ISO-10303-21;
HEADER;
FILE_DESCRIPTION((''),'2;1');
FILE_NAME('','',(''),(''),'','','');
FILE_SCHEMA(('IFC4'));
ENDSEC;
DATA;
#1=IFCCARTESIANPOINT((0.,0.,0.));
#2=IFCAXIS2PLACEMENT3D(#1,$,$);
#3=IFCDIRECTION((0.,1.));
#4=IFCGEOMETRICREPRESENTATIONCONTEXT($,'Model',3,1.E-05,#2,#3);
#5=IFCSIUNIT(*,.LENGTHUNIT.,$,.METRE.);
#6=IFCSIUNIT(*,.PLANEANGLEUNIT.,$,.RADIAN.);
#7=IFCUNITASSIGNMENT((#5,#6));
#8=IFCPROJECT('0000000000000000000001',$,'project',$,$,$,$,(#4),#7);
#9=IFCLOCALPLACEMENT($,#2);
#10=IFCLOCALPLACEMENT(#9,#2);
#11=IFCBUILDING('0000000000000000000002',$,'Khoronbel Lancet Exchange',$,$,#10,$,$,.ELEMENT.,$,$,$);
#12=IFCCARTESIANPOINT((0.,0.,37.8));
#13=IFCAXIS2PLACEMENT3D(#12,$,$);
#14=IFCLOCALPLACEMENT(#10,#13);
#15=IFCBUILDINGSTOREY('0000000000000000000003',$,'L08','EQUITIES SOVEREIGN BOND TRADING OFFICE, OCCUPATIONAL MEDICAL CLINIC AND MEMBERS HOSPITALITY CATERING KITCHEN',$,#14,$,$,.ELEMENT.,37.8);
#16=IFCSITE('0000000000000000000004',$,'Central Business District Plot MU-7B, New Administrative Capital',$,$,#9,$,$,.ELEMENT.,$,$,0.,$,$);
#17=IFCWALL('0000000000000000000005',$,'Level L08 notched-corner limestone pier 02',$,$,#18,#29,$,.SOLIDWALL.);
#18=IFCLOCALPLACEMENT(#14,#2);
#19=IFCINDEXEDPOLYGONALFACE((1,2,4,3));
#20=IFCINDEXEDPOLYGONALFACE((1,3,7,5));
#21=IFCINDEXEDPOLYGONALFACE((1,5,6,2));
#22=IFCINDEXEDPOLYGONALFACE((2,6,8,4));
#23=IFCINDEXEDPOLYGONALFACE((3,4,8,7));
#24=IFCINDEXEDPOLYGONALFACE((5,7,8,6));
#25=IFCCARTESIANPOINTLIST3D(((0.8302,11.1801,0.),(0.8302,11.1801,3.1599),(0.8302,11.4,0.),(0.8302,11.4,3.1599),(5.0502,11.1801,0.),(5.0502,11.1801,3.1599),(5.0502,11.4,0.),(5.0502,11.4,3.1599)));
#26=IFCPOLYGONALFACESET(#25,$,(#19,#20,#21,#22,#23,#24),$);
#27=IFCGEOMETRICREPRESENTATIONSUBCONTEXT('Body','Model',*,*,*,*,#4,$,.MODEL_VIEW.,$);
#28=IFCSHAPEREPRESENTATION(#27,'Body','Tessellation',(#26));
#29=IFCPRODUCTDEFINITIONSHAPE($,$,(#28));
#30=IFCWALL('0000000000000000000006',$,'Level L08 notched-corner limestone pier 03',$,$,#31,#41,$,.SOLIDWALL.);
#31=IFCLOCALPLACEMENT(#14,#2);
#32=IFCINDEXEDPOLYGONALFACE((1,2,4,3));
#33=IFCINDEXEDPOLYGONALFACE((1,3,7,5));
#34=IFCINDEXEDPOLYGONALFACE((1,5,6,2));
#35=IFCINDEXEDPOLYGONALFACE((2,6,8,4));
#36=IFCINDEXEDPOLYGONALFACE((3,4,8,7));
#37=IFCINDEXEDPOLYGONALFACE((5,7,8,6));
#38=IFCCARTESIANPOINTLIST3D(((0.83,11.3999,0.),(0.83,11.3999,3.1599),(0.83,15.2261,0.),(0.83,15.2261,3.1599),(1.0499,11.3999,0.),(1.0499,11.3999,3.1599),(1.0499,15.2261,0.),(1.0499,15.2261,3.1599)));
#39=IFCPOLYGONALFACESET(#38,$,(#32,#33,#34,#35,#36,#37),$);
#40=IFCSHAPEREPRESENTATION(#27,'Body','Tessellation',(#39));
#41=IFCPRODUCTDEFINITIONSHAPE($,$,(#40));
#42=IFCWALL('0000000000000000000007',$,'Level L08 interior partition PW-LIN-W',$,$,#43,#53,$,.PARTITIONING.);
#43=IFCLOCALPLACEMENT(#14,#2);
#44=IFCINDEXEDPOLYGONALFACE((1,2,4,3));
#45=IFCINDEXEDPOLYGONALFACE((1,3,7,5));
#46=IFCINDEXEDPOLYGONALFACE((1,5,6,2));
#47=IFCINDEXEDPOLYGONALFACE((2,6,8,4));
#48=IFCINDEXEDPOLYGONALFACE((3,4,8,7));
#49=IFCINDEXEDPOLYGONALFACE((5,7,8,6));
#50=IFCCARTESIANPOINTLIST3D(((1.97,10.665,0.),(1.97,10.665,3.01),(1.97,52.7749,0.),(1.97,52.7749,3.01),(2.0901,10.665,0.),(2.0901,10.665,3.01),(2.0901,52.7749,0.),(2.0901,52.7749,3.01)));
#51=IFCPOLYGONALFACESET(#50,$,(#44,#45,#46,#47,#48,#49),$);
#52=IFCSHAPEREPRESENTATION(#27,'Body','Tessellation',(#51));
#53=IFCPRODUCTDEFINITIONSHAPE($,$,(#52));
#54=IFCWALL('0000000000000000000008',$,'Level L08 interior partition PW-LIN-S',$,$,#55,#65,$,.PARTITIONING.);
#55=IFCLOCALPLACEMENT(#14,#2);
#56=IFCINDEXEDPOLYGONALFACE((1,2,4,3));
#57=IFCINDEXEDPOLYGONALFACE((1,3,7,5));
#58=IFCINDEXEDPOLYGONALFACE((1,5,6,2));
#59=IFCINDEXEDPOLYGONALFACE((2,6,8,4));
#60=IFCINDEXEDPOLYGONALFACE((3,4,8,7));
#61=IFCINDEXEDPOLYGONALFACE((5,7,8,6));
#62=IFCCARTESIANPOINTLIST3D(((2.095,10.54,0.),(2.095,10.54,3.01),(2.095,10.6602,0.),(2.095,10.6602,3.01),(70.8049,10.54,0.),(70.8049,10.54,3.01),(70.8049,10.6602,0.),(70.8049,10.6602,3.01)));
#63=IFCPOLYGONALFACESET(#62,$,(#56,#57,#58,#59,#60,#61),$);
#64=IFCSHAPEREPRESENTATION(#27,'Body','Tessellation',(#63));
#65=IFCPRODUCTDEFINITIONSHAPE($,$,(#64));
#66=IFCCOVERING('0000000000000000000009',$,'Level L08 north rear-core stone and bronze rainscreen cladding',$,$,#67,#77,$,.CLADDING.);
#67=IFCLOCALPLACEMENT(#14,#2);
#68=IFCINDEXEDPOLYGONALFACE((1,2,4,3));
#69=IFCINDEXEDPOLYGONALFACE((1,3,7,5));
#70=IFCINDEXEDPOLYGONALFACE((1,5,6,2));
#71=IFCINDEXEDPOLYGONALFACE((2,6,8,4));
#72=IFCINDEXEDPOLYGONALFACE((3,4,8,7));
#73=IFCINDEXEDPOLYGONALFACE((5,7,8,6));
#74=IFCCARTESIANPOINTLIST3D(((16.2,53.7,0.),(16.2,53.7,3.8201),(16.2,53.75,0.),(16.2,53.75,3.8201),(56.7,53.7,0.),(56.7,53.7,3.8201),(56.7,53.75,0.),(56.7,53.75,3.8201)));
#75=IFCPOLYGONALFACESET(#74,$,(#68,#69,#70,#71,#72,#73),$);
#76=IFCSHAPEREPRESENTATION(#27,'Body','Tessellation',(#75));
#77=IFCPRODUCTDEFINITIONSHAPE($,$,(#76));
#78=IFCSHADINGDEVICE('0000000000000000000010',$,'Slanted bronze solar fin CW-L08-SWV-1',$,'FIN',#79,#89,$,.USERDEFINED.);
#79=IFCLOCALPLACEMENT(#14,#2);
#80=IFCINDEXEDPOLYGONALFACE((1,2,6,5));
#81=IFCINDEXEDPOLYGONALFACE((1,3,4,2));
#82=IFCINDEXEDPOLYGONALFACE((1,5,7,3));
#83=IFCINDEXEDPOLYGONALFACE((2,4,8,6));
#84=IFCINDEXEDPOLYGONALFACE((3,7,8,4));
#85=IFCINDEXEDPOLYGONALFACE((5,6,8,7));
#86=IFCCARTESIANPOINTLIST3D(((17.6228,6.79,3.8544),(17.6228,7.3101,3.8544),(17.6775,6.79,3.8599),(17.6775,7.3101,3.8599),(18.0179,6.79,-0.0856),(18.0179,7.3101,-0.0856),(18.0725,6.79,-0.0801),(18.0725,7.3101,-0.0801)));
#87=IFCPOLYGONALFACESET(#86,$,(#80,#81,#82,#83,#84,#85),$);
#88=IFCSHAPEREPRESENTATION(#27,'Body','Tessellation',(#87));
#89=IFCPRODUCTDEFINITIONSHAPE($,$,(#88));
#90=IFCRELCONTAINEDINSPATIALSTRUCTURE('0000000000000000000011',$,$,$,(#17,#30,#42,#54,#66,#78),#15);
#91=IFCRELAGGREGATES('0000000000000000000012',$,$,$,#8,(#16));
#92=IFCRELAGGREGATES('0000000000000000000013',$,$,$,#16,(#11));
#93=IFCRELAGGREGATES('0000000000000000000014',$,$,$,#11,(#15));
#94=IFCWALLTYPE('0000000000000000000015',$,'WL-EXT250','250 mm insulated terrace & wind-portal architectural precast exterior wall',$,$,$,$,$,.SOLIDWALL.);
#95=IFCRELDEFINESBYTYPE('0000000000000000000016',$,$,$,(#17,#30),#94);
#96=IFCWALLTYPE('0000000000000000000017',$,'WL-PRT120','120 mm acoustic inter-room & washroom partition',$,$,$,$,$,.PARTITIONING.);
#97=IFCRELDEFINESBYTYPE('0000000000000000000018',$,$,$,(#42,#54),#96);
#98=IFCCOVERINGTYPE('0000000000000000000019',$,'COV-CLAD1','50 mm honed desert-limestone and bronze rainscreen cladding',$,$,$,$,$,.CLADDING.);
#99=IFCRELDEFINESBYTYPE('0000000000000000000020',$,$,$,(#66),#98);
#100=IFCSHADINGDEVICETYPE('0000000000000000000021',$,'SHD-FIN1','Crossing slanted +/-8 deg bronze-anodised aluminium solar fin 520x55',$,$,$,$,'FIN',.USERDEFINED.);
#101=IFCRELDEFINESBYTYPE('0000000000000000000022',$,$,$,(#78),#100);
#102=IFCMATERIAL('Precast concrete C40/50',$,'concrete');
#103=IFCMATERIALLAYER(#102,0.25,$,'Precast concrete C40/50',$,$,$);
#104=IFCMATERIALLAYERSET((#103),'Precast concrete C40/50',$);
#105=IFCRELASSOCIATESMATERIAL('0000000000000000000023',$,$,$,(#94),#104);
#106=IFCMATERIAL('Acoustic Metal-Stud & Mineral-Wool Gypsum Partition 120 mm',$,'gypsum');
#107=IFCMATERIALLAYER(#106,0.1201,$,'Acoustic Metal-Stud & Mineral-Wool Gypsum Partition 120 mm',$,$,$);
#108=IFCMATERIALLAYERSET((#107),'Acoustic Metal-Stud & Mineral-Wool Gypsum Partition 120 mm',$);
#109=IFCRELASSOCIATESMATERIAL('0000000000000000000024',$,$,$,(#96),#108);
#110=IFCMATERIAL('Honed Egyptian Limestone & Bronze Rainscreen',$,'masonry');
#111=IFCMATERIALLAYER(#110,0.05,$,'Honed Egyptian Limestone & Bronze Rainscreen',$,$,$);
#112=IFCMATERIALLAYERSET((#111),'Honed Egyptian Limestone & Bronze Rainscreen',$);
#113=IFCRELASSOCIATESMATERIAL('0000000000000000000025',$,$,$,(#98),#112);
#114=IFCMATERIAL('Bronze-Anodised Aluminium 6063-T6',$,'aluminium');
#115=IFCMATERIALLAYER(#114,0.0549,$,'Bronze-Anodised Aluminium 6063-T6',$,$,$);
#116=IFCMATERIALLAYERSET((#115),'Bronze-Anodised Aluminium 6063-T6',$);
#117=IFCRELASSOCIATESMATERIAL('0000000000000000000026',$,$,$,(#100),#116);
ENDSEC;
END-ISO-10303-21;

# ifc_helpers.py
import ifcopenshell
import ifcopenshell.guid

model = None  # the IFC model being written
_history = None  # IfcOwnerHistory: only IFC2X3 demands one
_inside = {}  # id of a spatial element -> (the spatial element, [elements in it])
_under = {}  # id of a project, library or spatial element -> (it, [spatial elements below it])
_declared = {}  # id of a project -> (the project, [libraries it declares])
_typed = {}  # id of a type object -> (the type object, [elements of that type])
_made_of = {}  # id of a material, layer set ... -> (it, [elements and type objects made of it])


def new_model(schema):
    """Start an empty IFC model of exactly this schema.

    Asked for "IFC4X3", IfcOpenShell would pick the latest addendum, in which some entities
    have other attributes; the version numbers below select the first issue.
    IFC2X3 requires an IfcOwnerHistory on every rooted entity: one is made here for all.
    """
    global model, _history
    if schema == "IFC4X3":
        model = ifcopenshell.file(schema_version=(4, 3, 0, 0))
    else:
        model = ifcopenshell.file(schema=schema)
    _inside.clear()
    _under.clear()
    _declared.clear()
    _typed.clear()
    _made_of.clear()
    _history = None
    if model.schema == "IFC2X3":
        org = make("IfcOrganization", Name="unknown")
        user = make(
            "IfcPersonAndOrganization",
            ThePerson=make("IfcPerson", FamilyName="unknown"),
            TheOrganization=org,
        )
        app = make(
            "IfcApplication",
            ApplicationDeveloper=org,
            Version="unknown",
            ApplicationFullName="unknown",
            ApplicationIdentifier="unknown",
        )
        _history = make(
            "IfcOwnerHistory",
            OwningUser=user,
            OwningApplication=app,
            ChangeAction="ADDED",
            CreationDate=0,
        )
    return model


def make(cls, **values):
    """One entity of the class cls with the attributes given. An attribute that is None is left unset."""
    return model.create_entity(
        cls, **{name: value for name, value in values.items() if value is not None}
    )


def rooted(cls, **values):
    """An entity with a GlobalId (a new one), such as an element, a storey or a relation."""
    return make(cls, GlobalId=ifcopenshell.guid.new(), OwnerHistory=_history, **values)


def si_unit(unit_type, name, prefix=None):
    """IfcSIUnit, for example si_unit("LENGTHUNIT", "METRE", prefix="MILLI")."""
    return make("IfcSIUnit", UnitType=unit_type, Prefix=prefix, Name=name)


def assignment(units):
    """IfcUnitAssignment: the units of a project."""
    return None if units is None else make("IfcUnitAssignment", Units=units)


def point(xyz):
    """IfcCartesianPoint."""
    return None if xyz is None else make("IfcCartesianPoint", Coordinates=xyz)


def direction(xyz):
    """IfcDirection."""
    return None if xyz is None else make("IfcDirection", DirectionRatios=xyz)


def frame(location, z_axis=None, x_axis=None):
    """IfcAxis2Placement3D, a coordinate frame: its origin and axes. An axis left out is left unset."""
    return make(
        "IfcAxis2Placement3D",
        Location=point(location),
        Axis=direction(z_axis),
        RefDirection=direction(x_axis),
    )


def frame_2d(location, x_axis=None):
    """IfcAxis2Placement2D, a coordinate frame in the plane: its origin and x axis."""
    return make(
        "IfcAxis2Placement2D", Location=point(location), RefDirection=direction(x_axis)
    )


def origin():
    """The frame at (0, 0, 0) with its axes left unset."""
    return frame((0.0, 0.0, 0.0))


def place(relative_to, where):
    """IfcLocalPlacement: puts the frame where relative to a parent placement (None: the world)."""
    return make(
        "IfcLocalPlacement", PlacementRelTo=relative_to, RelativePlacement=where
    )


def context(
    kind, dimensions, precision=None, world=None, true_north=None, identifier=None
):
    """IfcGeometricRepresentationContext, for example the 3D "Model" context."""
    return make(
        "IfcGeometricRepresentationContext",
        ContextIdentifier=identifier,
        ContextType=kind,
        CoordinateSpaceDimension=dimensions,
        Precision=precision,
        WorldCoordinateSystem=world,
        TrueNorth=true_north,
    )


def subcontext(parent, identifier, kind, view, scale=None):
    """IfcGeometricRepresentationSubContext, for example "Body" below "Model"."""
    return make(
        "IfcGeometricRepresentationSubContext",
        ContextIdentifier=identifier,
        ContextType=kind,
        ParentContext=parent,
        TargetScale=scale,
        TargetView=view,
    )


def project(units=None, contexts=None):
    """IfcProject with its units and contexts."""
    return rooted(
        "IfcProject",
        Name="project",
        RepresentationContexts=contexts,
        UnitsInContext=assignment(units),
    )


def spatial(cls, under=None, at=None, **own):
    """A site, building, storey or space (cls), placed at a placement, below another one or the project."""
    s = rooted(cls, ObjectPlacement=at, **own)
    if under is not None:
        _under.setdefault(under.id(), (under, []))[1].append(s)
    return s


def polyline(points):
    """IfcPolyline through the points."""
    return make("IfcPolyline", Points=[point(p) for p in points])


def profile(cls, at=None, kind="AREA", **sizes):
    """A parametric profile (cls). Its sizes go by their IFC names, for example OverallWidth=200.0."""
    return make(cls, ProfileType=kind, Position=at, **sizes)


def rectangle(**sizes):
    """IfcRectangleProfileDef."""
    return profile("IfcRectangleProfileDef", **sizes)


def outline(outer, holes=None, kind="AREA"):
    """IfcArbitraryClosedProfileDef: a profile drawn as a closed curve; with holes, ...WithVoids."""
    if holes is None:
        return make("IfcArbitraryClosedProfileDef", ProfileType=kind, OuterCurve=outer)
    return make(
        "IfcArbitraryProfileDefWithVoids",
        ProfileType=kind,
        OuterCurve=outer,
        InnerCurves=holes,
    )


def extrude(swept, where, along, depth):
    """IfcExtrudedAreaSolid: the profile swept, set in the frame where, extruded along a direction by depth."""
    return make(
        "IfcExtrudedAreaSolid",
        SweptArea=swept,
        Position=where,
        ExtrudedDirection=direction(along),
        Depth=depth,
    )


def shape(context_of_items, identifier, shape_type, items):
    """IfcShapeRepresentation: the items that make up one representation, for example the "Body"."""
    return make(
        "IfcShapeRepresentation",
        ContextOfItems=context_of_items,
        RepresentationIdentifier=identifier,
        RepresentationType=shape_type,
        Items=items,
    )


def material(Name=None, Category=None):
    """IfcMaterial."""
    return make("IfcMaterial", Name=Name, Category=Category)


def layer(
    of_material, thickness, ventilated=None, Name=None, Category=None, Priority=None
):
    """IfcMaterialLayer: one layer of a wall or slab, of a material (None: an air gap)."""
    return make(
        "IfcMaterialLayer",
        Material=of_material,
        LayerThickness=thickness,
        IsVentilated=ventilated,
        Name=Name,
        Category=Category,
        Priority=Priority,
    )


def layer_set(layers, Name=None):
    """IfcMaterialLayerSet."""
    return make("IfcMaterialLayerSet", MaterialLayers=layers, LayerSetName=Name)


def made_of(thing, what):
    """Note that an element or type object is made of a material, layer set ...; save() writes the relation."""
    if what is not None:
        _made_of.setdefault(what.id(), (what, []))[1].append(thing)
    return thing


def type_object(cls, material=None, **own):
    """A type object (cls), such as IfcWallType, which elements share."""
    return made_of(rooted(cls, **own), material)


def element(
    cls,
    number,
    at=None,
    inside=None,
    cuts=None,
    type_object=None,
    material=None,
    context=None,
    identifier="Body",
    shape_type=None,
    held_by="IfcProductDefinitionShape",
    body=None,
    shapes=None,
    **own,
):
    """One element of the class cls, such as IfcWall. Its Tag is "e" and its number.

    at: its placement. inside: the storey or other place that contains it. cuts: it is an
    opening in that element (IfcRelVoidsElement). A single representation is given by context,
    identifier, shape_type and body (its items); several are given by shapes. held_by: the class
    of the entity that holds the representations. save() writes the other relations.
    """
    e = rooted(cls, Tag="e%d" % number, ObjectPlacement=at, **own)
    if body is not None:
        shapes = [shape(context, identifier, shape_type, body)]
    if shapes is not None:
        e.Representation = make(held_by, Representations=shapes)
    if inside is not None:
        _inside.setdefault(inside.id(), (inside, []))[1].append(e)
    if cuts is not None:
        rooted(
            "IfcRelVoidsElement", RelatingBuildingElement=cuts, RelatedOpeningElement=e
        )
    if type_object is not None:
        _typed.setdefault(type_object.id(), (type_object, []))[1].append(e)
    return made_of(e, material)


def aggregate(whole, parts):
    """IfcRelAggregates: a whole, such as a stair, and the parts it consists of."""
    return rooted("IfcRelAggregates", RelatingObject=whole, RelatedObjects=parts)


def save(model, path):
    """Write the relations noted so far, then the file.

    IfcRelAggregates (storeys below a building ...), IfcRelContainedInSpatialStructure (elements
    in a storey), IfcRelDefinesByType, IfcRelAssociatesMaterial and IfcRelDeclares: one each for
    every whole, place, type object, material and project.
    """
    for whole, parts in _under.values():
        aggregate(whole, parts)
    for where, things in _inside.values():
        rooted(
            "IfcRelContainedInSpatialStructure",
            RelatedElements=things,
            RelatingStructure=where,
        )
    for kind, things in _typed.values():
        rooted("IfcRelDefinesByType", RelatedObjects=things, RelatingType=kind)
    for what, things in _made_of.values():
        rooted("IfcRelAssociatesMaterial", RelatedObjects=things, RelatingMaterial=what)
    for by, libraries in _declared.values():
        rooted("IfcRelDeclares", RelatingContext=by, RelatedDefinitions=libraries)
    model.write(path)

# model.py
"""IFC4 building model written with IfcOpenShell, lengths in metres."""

from ifc_helpers import new_model, si_unit, direction, frame, frame_2d, origin, place, context, subcontext, project, spatial, polyline, rectangle, outline, extrude, material, layer, layer_set, type_object, element, save


model = new_model("IFC4")

# Units and contexts
model_context = context("Model", 3, precision=1e-05, world=origin(), true_north=direction((0.0, 1.0)))
body_context = subcontext(model_context, "Body", "Model", "MODEL_VIEW")
ifc_project = project(units=[si_unit("LENGTHUNIT", "METRE"), si_unit("PLANEANGLEUNIT", "RADIAN")], contexts=[model_context])

# Site, building, storey
site_placement = place(None, origin())
site = spatial("IfcSite", under=ifc_project, at=site_placement, Name="Central Business District Plot MU-7B, New Administrative Capital", CompositionType="ELEMENT", RefElevation=0.0)
building_placement = place(site_placement, origin())
building = spatial("IfcBuilding", under=site, at=building_placement, Name="Khoronbel Lancet Exchange", CompositionType="ELEMENT")
storey_placement = place(building_placement, frame((0.0, 0.0, 37.8)))
storey = spatial("IfcBuildingStorey", under=building, at=storey_placement, Name="L08", Description="EQUITIES SOVEREIGN BOND TRADING OFFICE, OCCUPATIONAL MEDICAL CLINIC AND MEMBERS HOSPITALITY CATERING KITCHEN", CompositionType="ELEMENT", Elevation=37.8)

# Shared definitions
ifc_material_1 = material(Name="Bronze-Anodised Aluminium 6063-T6", Category="aluminium")

# Walls
ifc_material_2 = material(Name="Precast concrete C40/50", Category="concrete")
ifc_layer_1 = layer(ifc_material_2, 0.25, Name="Precast concrete C40/50")
ifc_layer_set_1 = layer_set([ifc_layer_1], Name="Precast concrete C40/50")
wall_type_1 = type_object("IfcWallType", Name="WL-EXT250", Description="250 mm insulated terrace & wind-portal architectural precast exterior wall", PredefinedType="SOLIDWALL", material=ifc_layer_set_1)
wall_1_placement = place(storey_placement, frame((5.05, 11.29, 0.0), z_axis=(0.0, 0.0, 1.0), x_axis=(-1.0, 0.0, 0.0)))
element("IfcWall", 1, at=wall_1_placement, inside=storey, type_object=wall_type_1, Name="Level L08 notched-corner limestone pier 02", PredefinedType="SOLIDWALL", context=body_context, shape_type="SweptSolid", body=[
    extrude(rectangle(XDim=4.22, YDim=0.22, at=frame_2d((2.1099, 0.0))), origin(), (0.0, 0.0, 1.0), 3.1599),
])
wall_2_placement = place(storey_placement, frame((0.9399, 11.3999, 0.0), z_axis=(0.0, 0.0, 1.0), x_axis=(0.0, 1.0, 0.0)))
element("IfcWall", 2, at=wall_2_placement, inside=storey, type_object=wall_type_1, Name="Level L08 notched-corner limestone pier 03", PredefinedType="SOLIDWALL", context=body_context, shape_type="SweptSolid", body=[
    extrude(rectangle(XDim=3.8262, YDim=0.22, at=frame_2d((1.9131, 0.0))), origin(), (0.0, 0.0, 1.0), 3.1599),
])
ifc_material_3 = material(Name="Acoustic Metal-Stud & Mineral-Wool Gypsum Partition 120 mm", Category="gypsum")
ifc_layer_2 = layer(ifc_material_3, 0.1201, Name="Acoustic Metal-Stud & Mineral-Wool Gypsum Partition 120 mm")
ifc_layer_set_2 = layer_set([ifc_layer_2], Name="Acoustic Metal-Stud & Mineral-Wool Gypsum Partition 120 mm")
wall_type_2 = type_object("IfcWallType", Name="WL-PRT120", Description="120 mm acoustic inter-room & washroom partition", PredefinedType="PARTITIONING", material=ifc_layer_set_2)
wall_3_placement = place(storey_placement, frame((2.03, 10.665, 0.0), z_axis=(0.0, 0.0, 1.0), x_axis=(0.0, 1.0, 0.0)))
element("IfcWall", 3, at=wall_3_placement, inside=storey, type_object=wall_type_2, Name="Level L08 interior partition PW-LIN-W", PredefinedType="PARTITIONING", context=body_context, shape_type="SweptSolid", body=[
    extrude(rectangle(XDim=42.1099, YDim=0.1201, at=frame_2d((21.0549, 0.0))), origin(), (0.0, 0.0, 1.0), 3.01),
])
wall_4_placement = place(storey_placement, frame((2.095, 10.6001, 0.0), z_axis=(0.0, 0.0, 1.0), x_axis=(1.0, 0.0, 0.0)))
element("IfcWall", 4, at=wall_4_placement, inside=storey, type_object=wall_type_2, Name="Level L08 interior partition PW-LIN-S", PredefinedType="PARTITIONING", context=body_context, shape_type="SweptSolid", body=[
    extrude(rectangle(XDim=68.71, YDim=0.1201, at=frame_2d((34.355, 0.0))), origin(), (0.0, 0.0, 1.0), 3.01),
])

# Covering
ifc_material_4 = material(Name="Honed Egyptian Limestone & Bronze Rainscreen", Category="masonry")
ifc_layer_3 = layer(ifc_material_4, 0.05, Name="Honed Egyptian Limestone & Bronze Rainscreen")
ifc_layer_set_3 = layer_set([ifc_layer_3], Name="Honed Egyptian Limestone & Bronze Rainscreen")
covering_type = type_object("IfcCoveringType", Name="COV-CLAD1", Description="50 mm honed desert-limestone and bronze rainscreen cladding", PredefinedType="CLADDING", material=ifc_layer_set_3)
covering_placement = place(storey_placement, origin())
element("IfcCovering", 5, at=covering_placement, inside=storey, type_object=covering_type, Name="Level L08 north rear-core stone and bronze rainscreen cladding", PredefinedType="CLADDING", context=body_context, shape_type="SweptSolid", body=[
    extrude(outline(polyline([(16.2, 53.7), (56.7, 53.7), (56.7, 53.75), (16.2, 53.75), (16.2, 53.7)])), origin(), (0.0, 0.0, 1.0), 3.8201),
])

# Shading device
ifc_layer_4 = layer(ifc_material_1, 0.0549, Name="Bronze-Anodised Aluminium 6063-T6")
ifc_layer_set_4 = layer_set([ifc_layer_4], Name="Bronze-Anodised Aluminium 6063-T6")
shading_device_type = type_object("IfcShadingDeviceType", Name="SHD-FIN1", Description="Crossing slanted +/-8 deg bronze-anodised aluminium solar fin 520x55", ElementType="FIN", PredefinedType="USERDEFINED", material=ifc_layer_set_4)
shading_device_placement = place(storey_placement, frame((18.0725, 7.3101, -0.0801), z_axis=(0.995012, 0.0, 0.09976), x_axis=(0.0, -1.0, 0.0)))
element("IfcShadingDevice", 6, at=shading_device_placement, inside=storey, type_object=shading_device_type, Name="Slanted bronze solar fin CW-L08-SWV-1", ObjectType="FIN", PredefinedType="USERDEFINED", context=body_context, shape_type="SweptSolid", body=[
    extrude(outline(polyline([(0.0, 0.0), (0.52, 0.0), (0.52, -3.9597), (0.0, -3.9597), (0.0, 0.0)])), origin(), (0.0, 0.0, -1.0), 0.0549),
])

save(model, "model.ifc")
